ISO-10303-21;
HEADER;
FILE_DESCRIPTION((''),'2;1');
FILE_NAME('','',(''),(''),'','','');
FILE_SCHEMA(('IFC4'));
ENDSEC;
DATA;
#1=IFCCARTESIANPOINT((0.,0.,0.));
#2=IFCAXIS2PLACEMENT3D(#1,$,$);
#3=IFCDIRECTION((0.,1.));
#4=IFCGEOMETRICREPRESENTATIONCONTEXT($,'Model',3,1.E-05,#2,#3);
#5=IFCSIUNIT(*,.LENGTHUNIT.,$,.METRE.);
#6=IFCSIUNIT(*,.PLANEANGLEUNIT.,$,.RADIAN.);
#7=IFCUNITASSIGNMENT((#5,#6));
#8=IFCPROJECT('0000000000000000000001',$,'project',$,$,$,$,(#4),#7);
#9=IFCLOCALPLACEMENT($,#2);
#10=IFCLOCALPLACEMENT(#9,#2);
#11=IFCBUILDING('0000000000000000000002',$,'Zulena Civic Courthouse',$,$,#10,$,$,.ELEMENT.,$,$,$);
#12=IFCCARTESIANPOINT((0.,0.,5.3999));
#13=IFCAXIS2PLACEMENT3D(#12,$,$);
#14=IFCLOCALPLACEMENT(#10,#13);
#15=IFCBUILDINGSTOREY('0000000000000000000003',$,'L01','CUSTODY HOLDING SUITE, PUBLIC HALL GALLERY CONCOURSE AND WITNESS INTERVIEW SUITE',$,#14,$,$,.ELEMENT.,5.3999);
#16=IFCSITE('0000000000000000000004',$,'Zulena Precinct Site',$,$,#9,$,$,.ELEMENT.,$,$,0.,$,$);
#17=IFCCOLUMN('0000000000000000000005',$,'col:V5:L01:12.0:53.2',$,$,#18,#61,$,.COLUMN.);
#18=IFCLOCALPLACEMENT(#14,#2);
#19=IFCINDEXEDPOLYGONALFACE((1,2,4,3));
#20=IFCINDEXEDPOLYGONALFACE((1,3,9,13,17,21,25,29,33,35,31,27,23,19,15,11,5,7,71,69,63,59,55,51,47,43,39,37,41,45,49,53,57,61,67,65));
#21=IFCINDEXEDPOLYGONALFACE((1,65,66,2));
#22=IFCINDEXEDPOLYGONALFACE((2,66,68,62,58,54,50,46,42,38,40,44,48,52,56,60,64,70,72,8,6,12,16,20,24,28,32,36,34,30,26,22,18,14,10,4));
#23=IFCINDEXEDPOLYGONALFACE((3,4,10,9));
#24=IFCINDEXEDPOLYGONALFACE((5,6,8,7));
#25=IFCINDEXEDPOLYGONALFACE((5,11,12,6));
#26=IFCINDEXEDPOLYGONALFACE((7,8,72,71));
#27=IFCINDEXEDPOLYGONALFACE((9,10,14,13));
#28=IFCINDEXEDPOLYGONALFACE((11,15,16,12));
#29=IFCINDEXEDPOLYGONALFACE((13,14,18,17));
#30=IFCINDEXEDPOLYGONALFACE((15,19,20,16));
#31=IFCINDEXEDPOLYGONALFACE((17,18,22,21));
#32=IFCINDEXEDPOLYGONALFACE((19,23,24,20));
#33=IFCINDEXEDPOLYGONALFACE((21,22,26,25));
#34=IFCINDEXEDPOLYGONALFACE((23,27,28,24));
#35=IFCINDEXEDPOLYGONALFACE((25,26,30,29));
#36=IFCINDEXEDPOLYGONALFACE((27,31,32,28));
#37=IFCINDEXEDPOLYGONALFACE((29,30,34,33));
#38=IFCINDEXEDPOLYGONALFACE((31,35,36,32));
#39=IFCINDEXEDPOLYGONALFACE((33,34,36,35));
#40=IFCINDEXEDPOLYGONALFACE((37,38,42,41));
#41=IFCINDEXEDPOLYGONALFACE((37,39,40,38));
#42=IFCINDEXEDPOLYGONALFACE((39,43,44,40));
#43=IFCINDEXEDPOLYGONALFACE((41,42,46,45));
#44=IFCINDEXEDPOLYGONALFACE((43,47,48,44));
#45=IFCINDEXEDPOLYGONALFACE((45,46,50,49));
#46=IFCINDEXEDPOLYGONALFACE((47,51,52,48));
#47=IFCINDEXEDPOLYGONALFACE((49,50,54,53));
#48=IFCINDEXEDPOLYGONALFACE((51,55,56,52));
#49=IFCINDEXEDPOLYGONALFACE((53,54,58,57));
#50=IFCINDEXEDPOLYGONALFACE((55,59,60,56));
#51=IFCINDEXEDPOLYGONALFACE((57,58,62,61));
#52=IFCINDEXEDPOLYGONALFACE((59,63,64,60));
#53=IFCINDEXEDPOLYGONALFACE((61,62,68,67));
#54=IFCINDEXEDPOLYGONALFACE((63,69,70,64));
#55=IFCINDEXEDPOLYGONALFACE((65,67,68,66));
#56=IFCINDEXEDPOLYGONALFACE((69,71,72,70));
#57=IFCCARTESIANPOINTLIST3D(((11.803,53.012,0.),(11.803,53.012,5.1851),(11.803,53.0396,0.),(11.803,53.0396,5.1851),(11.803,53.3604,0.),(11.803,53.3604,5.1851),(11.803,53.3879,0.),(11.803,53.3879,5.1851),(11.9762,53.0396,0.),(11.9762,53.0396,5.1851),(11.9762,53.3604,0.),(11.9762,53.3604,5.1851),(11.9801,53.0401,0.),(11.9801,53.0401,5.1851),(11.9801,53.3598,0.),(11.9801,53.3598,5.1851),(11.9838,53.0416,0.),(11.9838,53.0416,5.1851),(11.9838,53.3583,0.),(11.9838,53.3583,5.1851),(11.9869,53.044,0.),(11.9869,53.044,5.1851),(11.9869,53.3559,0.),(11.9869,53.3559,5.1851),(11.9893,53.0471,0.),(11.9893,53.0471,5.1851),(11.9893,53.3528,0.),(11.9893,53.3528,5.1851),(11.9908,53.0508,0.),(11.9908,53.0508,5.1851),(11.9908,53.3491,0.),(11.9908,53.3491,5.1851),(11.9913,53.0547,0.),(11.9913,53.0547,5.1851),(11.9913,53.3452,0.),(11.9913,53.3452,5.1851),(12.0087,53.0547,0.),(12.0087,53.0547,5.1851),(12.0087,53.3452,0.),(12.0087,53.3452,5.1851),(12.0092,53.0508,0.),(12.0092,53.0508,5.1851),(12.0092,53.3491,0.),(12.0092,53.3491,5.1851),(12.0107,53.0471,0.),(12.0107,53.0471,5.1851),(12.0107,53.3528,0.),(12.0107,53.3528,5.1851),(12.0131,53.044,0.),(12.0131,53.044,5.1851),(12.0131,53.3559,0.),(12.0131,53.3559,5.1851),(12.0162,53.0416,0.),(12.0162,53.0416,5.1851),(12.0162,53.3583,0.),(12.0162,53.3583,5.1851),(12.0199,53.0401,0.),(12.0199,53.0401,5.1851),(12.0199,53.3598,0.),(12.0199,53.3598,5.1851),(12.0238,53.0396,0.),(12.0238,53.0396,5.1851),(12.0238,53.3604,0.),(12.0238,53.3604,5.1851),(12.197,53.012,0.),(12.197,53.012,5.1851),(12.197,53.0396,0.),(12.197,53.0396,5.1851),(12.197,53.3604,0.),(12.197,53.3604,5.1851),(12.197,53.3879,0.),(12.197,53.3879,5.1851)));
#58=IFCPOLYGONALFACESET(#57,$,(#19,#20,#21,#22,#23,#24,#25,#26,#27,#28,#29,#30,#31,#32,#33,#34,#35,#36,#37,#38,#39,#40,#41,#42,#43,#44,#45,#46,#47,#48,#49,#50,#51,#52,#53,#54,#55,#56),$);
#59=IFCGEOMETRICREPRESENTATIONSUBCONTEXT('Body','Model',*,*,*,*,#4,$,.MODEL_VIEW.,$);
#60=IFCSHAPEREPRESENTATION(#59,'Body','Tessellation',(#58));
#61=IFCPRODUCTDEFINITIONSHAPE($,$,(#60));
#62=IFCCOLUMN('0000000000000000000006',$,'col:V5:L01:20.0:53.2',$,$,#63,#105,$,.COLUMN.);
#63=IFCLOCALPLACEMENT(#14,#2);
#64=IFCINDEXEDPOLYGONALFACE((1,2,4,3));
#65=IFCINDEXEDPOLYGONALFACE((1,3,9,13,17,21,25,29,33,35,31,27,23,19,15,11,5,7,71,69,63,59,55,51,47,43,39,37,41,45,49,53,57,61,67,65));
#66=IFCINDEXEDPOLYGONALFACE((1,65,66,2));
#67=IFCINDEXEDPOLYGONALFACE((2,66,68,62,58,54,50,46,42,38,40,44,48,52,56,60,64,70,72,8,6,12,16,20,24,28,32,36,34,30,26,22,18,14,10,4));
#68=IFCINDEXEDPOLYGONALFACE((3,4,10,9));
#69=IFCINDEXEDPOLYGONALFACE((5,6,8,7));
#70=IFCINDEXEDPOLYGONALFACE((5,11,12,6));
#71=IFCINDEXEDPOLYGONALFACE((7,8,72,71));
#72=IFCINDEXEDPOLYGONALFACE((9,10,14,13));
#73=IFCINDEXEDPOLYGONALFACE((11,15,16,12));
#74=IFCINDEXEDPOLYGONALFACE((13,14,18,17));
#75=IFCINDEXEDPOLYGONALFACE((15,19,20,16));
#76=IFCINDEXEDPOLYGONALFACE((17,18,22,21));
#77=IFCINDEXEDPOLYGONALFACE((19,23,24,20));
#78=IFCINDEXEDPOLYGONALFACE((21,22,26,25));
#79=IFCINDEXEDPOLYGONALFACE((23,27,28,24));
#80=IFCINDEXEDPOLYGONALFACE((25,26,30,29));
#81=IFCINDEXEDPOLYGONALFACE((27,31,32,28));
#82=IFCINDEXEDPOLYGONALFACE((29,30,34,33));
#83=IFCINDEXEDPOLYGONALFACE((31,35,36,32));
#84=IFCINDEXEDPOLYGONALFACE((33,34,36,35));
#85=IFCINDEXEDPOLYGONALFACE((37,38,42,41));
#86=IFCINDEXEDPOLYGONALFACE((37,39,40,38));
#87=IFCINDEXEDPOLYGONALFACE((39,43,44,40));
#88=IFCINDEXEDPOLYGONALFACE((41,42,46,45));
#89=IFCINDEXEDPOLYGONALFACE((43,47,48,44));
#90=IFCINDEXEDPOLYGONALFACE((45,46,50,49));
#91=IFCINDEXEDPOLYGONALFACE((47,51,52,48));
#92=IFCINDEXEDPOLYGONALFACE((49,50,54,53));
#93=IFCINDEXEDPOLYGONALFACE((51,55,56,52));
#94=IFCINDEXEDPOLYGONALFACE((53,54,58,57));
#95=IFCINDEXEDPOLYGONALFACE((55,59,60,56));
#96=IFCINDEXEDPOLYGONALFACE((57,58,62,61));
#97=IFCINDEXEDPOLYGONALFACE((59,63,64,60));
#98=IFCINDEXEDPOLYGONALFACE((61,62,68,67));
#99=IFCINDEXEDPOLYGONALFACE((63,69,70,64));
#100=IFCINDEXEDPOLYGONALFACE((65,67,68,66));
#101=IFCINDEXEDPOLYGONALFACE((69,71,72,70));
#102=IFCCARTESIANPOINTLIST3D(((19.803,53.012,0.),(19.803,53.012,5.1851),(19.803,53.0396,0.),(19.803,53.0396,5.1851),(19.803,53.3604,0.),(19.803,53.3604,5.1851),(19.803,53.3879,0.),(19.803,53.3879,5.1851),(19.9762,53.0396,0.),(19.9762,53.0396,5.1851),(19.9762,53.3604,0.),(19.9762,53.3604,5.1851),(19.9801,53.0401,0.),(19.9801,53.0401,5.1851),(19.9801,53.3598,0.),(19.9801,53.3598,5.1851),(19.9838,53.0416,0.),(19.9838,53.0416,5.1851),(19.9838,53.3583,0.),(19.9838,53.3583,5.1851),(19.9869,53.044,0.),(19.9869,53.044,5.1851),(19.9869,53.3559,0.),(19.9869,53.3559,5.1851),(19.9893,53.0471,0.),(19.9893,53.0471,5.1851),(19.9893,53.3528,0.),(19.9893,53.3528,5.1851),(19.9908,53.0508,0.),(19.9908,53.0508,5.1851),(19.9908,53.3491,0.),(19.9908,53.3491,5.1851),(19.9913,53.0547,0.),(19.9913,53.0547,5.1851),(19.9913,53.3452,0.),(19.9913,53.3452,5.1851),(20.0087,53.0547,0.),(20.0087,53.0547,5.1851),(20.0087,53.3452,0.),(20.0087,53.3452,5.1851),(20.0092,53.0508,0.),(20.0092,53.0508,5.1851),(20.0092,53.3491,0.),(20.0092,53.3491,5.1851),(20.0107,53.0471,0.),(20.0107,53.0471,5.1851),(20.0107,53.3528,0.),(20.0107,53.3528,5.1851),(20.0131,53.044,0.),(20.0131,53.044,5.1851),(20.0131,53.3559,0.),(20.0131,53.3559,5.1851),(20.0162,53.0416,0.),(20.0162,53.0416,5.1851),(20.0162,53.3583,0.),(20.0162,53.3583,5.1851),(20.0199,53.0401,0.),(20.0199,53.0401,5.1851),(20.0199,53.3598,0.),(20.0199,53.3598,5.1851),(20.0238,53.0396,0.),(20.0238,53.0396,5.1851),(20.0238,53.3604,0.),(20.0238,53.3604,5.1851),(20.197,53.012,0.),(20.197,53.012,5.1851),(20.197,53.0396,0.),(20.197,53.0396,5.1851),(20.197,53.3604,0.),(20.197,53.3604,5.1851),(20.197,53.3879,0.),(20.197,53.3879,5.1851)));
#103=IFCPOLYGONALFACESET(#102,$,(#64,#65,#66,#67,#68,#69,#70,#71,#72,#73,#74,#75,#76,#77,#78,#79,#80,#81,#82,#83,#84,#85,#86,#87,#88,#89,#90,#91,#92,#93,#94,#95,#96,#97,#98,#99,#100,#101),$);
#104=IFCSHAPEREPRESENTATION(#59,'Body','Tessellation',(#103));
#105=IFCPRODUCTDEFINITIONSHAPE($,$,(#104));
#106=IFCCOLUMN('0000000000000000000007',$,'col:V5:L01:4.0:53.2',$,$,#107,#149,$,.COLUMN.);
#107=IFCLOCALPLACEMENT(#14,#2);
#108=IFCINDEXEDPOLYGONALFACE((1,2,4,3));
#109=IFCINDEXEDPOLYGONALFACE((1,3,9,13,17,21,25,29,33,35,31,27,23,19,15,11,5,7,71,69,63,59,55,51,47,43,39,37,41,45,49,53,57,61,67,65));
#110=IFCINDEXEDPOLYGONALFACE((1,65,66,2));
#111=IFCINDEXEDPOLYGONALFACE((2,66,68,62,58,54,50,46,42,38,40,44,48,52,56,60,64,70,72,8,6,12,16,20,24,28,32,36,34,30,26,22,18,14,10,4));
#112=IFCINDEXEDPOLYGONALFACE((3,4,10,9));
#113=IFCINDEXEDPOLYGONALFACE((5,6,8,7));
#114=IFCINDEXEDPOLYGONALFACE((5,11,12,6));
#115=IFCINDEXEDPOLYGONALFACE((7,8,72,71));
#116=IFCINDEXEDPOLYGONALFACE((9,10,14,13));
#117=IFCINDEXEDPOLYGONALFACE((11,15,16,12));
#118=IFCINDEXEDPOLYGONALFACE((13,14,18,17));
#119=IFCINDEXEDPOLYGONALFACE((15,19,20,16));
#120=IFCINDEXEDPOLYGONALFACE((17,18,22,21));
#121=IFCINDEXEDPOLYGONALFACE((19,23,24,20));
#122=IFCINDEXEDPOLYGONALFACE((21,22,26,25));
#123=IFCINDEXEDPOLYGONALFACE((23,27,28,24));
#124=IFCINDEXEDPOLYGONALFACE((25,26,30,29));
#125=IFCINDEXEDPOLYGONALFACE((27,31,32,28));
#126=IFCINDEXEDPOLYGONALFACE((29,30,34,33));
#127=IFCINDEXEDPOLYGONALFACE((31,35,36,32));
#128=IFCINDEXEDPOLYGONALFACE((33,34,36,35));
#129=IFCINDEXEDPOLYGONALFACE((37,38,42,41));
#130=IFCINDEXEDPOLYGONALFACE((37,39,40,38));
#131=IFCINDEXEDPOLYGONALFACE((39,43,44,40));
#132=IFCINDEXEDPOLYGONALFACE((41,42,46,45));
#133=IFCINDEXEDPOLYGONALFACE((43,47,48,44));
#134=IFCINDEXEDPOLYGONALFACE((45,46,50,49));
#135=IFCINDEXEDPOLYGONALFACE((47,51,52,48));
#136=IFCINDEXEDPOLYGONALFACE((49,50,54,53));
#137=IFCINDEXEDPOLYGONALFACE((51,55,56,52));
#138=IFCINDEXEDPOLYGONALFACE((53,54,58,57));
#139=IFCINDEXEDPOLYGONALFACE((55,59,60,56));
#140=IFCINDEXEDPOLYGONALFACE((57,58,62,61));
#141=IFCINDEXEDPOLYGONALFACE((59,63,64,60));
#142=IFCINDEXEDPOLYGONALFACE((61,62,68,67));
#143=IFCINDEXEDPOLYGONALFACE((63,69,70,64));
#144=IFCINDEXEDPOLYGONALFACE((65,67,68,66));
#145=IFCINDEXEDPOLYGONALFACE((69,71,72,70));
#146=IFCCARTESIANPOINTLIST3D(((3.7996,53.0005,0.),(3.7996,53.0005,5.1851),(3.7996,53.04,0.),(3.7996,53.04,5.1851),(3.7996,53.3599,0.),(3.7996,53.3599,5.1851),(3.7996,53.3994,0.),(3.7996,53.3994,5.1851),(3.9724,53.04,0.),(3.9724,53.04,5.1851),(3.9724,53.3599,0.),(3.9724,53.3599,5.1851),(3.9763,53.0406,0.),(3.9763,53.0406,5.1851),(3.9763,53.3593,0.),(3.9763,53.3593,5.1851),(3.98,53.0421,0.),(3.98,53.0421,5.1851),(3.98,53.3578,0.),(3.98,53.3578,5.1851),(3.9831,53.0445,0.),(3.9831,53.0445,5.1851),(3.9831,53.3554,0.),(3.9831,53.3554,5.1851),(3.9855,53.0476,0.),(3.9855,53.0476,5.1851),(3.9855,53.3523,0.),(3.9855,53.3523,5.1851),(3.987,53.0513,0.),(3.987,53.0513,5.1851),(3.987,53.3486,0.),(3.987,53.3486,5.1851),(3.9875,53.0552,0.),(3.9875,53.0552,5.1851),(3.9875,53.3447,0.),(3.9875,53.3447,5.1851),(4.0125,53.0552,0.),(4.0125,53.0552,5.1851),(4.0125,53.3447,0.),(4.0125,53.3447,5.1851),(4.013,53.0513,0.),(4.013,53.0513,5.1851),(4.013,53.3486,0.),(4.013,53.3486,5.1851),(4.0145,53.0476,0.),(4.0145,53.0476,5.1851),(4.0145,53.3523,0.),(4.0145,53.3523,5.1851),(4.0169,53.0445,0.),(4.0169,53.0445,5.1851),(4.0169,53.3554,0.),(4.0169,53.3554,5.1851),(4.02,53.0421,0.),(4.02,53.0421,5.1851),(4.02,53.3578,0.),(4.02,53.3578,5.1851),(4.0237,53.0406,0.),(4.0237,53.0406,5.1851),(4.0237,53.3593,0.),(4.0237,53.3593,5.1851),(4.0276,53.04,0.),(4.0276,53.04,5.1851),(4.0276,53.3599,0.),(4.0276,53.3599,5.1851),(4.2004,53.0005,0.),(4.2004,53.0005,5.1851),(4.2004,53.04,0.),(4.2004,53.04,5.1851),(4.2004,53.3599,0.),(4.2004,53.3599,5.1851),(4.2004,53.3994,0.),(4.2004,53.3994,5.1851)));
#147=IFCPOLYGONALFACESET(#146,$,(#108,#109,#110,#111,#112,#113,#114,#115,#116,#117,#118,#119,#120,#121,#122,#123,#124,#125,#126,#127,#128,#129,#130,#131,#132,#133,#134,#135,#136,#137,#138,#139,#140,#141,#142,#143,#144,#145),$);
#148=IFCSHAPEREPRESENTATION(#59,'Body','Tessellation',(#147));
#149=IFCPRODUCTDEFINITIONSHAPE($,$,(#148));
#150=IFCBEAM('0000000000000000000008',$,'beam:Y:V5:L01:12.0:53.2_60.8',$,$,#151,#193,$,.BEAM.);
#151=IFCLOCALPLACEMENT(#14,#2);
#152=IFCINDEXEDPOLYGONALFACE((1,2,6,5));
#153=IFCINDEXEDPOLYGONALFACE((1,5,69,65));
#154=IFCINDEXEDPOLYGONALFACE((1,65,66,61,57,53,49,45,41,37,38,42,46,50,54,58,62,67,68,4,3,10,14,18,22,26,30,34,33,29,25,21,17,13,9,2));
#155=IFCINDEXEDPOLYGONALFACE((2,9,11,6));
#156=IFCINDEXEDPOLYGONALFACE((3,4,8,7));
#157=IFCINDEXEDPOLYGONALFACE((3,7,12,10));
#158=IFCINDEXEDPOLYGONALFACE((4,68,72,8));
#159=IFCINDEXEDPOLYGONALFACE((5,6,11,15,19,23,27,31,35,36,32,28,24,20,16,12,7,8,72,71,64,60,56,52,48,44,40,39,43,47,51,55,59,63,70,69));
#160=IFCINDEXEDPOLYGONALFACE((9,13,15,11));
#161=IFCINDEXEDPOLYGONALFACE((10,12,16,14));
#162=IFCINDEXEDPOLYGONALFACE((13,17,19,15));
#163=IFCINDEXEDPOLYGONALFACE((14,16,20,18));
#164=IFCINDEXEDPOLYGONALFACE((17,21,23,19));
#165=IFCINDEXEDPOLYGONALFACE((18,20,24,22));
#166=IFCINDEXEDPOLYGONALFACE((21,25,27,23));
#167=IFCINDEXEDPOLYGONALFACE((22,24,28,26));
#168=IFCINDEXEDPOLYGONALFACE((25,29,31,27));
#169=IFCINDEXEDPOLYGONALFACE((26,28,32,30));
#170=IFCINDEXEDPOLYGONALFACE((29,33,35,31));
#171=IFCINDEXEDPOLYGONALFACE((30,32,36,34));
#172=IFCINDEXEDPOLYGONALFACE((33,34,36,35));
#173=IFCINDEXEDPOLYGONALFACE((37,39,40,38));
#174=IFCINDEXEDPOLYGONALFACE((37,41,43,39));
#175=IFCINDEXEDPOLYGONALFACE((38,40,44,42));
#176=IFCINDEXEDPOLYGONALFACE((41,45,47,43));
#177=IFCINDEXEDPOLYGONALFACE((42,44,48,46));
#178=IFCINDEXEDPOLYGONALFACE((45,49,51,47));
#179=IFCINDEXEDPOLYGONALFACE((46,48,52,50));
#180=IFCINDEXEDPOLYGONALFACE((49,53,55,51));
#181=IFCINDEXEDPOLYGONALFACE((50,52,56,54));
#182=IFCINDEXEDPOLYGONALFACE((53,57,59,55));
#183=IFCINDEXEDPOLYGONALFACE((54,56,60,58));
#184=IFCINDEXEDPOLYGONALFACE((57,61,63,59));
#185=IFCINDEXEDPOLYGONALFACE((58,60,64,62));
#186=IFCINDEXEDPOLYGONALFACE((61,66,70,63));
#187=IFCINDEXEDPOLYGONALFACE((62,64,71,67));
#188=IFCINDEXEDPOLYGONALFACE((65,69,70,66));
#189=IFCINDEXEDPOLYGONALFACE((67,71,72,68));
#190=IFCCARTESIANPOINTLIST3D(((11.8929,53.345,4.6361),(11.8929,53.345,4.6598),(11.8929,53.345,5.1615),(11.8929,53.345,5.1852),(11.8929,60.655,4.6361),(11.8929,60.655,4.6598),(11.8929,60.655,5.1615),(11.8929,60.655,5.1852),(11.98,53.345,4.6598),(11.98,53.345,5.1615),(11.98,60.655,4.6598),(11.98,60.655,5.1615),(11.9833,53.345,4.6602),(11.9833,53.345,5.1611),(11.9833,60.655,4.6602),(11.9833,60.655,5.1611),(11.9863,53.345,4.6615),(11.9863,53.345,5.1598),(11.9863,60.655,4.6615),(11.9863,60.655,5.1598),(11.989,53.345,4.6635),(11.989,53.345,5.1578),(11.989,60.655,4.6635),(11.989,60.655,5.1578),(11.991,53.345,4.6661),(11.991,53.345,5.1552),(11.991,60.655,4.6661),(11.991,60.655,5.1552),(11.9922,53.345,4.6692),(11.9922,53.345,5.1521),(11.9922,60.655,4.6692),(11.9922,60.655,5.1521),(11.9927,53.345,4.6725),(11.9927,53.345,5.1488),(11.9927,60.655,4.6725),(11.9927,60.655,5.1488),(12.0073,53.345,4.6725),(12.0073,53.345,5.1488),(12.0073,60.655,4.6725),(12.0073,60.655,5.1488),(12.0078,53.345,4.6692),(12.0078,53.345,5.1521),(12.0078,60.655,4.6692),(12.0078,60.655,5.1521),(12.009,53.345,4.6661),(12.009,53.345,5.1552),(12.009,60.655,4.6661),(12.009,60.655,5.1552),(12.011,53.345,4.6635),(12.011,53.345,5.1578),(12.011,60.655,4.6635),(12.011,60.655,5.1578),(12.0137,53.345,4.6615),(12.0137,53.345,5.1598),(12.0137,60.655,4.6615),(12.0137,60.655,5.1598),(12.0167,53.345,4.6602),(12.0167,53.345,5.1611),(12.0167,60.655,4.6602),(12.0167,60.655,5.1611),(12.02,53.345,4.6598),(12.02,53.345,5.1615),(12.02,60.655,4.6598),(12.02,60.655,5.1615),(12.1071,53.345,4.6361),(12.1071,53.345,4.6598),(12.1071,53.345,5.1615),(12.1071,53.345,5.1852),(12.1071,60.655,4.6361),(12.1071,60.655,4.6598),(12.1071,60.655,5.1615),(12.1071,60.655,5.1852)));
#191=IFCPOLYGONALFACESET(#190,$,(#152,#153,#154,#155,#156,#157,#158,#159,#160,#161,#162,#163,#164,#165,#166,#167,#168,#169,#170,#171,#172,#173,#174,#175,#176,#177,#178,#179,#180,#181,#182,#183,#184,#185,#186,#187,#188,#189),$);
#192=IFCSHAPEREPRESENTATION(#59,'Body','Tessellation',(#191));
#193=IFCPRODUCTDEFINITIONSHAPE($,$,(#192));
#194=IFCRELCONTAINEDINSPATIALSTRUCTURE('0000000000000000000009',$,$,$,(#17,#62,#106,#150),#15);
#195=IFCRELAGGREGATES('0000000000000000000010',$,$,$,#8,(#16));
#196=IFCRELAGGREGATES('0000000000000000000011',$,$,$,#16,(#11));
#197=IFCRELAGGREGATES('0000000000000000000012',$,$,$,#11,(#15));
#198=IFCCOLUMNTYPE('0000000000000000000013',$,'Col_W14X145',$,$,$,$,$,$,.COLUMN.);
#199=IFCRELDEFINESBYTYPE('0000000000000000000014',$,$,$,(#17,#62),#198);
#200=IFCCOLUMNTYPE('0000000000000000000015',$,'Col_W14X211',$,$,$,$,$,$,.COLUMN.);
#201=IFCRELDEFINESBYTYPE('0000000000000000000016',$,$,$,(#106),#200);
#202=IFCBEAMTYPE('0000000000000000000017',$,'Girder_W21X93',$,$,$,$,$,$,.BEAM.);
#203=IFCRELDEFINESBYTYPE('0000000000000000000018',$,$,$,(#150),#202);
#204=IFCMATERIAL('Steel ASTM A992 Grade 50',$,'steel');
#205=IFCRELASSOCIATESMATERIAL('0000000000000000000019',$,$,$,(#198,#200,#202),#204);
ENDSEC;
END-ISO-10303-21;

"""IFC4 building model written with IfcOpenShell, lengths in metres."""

from ifc_helpers import new_model, si_unit, direction, frame, origin, origin_2d, place, context, subcontext, project, spatial, i_section, extrude, material, material_profile, profile_set, type_object, element, save


model = new_model("IFC4")

# Units and contexts
model_context = context("Model", 3, precision=1e-05, world=origin(), true_north=direction((0.0, 1.0)))
body_context = subcontext(model_context, "Body", "Model", "MODEL_VIEW")
ifc_project = project(units=[si_unit("LENGTHUNIT", "METRE"), si_unit("PLANEANGLEUNIT", "RADIAN")], contexts=[model_context])

# Site, building, storey
site_placement = place(None, origin())
site = spatial("IfcSite", under=ifc_project, at=site_placement, Name="Zulena Precinct Site", CompositionType="ELEMENT", RefElevation=0.0)
building_placement = place(site_placement, origin())
building = spatial("IfcBuilding", under=site, at=building_placement, Name="Zulena Civic Courthouse", CompositionType="ELEMENT")
storey_placement = place(building_placement, frame((0.0, 0.0, 5.3999)))
storey = spatial("IfcBuildingStorey", under=building, at=storey_placement, Name="L01", Description="CUSTODY HOLDING SUITE, PUBLIC HALL GALLERY CONCOURSE AND WITNESS INTERVIEW SUITE", CompositionType="ELEMENT", Elevation=5.3999)

# Columns
ifc_material_1 = material(Name="Steel ASTM A992 Grade 50", Category="steel")
ifc_material_profile_1 = material_profile(ifc_material_1, i_section(OverallWidth=0.394, OverallDepth=0.376, WebThickness=0.0173, FlangeThickness=0.0276, FilletRadius=0.0151, at=origin_2d()), Name="W14X145")
ifc_profile_set_1 = profile_set([ifc_material_profile_1], Name="Steel ASTM A992 Grade 50")
column_type_1 = type_object("IfcColumnType", Name="Col_W14X145", PredefinedType="COLUMN", material=ifc_profile_set_1)
for number, where, z_axis, x_axis, name in (
    (1, (12.0, 53.2, 0.0), (0.0, 0.0, 1.0), (1.0, 0.0, 0.0), "col:V5:L01:12.0:53.2"),
    (2, (20.0, 53.2, 0.0), (0.0, 0.0, 1.0), (1.0, 0.0, 0.0), "col:V5:L01:20.0:53.2"),
):
    element("IfcColumn", number, at=place(storey_placement, frame(where, z_axis=z_axis, x_axis=x_axis)), inside=storey, type_object=column_type_1, Name=name, PredefinedType="COLUMN", context=body_context, shape_type="SweptSolid", body=[
        extrude(i_section(OverallWidth=0.394, OverallDepth=0.376, WebThickness=0.0173, FlangeThickness=0.0276, FilletRadius=0.0151, at=origin_2d()), origin(), (0.0, 0.0, 1.0), 5.1851),
    ])
ifc_material_profile_2 = material_profile(ifc_material_1, i_section(OverallWidth=0.4009, OverallDepth=0.3989, WebThickness=0.0249, FlangeThickness=0.0396, FilletRadius=0.0151, at=origin_2d()), Name="W14X211")
ifc_profile_set_2 = profile_set([ifc_material_profile_2], Name="Steel ASTM A992 Grade 50")
column_type_2 = type_object("IfcColumnType", Name="Col_W14X211", PredefinedType="COLUMN", material=ifc_profile_set_2)
column_placement = place(storey_placement, frame((4.0, 53.2, 0.0), z_axis=(0.0, 0.0, 1.0), x_axis=(1.0, 0.0, 0.0)))
element("IfcColumn", 3, at=column_placement, inside=storey, type_object=column_type_2, Name="col:V5:L01:4.0:53.2", PredefinedType="COLUMN", context=body_context, shape_type="SweptSolid", body=[
    extrude(i_section(OverallWidth=0.4009, OverallDepth=0.3989, WebThickness=0.0249, FlangeThickness=0.0396, FilletRadius=0.0151, at=origin_2d()), origin(), (0.0, 0.0, 1.0), 5.1851),
])

# Beam
ifc_material_profile_3 = material_profile(ifc_material_1, i_section(OverallWidth=0.2141, OverallDepth=0.5491, WebThickness=0.0146, FlangeThickness=0.0237, FilletRadius=0.0127, at=origin_2d()), Name="W21X93")
ifc_profile_set_3 = profile_set([ifc_material_profile_3], Name="Steel ASTM A992 Grade 50")
beam_type_1 = type_object("IfcBeamType", Name="Girder_W21X93", PredefinedType="BEAM", material=ifc_profile_set_3)
for number, where, z_axis, x_axis, name in (
    (4, (12.0, 53.345, 4.9106), (0.0, 1.0, 0.0), (-1.0, 0.0, 0.0), "beam:Y:V5:L01:12.0:53.2_60.8"),
):
    element("IfcBeam", number, at=place(storey_placement, frame(where, z_axis=z_axis, x_axis=x_axis)), inside=storey, type_object=beam_type_1, Name=name, PredefinedType="BEAM", context=body_context, shape_type="SweptSolid", body=[
        extrude(i_section(OverallWidth=0.2141, OverallDepth=0.5491, WebThickness=0.0146, FlangeThickness=0.0237, FilletRadius=0.0127, at=origin_2d()), origin(), (0.0, 0.0, 1.0), 7.3101),
    ])

save(model, "model.ifc")
